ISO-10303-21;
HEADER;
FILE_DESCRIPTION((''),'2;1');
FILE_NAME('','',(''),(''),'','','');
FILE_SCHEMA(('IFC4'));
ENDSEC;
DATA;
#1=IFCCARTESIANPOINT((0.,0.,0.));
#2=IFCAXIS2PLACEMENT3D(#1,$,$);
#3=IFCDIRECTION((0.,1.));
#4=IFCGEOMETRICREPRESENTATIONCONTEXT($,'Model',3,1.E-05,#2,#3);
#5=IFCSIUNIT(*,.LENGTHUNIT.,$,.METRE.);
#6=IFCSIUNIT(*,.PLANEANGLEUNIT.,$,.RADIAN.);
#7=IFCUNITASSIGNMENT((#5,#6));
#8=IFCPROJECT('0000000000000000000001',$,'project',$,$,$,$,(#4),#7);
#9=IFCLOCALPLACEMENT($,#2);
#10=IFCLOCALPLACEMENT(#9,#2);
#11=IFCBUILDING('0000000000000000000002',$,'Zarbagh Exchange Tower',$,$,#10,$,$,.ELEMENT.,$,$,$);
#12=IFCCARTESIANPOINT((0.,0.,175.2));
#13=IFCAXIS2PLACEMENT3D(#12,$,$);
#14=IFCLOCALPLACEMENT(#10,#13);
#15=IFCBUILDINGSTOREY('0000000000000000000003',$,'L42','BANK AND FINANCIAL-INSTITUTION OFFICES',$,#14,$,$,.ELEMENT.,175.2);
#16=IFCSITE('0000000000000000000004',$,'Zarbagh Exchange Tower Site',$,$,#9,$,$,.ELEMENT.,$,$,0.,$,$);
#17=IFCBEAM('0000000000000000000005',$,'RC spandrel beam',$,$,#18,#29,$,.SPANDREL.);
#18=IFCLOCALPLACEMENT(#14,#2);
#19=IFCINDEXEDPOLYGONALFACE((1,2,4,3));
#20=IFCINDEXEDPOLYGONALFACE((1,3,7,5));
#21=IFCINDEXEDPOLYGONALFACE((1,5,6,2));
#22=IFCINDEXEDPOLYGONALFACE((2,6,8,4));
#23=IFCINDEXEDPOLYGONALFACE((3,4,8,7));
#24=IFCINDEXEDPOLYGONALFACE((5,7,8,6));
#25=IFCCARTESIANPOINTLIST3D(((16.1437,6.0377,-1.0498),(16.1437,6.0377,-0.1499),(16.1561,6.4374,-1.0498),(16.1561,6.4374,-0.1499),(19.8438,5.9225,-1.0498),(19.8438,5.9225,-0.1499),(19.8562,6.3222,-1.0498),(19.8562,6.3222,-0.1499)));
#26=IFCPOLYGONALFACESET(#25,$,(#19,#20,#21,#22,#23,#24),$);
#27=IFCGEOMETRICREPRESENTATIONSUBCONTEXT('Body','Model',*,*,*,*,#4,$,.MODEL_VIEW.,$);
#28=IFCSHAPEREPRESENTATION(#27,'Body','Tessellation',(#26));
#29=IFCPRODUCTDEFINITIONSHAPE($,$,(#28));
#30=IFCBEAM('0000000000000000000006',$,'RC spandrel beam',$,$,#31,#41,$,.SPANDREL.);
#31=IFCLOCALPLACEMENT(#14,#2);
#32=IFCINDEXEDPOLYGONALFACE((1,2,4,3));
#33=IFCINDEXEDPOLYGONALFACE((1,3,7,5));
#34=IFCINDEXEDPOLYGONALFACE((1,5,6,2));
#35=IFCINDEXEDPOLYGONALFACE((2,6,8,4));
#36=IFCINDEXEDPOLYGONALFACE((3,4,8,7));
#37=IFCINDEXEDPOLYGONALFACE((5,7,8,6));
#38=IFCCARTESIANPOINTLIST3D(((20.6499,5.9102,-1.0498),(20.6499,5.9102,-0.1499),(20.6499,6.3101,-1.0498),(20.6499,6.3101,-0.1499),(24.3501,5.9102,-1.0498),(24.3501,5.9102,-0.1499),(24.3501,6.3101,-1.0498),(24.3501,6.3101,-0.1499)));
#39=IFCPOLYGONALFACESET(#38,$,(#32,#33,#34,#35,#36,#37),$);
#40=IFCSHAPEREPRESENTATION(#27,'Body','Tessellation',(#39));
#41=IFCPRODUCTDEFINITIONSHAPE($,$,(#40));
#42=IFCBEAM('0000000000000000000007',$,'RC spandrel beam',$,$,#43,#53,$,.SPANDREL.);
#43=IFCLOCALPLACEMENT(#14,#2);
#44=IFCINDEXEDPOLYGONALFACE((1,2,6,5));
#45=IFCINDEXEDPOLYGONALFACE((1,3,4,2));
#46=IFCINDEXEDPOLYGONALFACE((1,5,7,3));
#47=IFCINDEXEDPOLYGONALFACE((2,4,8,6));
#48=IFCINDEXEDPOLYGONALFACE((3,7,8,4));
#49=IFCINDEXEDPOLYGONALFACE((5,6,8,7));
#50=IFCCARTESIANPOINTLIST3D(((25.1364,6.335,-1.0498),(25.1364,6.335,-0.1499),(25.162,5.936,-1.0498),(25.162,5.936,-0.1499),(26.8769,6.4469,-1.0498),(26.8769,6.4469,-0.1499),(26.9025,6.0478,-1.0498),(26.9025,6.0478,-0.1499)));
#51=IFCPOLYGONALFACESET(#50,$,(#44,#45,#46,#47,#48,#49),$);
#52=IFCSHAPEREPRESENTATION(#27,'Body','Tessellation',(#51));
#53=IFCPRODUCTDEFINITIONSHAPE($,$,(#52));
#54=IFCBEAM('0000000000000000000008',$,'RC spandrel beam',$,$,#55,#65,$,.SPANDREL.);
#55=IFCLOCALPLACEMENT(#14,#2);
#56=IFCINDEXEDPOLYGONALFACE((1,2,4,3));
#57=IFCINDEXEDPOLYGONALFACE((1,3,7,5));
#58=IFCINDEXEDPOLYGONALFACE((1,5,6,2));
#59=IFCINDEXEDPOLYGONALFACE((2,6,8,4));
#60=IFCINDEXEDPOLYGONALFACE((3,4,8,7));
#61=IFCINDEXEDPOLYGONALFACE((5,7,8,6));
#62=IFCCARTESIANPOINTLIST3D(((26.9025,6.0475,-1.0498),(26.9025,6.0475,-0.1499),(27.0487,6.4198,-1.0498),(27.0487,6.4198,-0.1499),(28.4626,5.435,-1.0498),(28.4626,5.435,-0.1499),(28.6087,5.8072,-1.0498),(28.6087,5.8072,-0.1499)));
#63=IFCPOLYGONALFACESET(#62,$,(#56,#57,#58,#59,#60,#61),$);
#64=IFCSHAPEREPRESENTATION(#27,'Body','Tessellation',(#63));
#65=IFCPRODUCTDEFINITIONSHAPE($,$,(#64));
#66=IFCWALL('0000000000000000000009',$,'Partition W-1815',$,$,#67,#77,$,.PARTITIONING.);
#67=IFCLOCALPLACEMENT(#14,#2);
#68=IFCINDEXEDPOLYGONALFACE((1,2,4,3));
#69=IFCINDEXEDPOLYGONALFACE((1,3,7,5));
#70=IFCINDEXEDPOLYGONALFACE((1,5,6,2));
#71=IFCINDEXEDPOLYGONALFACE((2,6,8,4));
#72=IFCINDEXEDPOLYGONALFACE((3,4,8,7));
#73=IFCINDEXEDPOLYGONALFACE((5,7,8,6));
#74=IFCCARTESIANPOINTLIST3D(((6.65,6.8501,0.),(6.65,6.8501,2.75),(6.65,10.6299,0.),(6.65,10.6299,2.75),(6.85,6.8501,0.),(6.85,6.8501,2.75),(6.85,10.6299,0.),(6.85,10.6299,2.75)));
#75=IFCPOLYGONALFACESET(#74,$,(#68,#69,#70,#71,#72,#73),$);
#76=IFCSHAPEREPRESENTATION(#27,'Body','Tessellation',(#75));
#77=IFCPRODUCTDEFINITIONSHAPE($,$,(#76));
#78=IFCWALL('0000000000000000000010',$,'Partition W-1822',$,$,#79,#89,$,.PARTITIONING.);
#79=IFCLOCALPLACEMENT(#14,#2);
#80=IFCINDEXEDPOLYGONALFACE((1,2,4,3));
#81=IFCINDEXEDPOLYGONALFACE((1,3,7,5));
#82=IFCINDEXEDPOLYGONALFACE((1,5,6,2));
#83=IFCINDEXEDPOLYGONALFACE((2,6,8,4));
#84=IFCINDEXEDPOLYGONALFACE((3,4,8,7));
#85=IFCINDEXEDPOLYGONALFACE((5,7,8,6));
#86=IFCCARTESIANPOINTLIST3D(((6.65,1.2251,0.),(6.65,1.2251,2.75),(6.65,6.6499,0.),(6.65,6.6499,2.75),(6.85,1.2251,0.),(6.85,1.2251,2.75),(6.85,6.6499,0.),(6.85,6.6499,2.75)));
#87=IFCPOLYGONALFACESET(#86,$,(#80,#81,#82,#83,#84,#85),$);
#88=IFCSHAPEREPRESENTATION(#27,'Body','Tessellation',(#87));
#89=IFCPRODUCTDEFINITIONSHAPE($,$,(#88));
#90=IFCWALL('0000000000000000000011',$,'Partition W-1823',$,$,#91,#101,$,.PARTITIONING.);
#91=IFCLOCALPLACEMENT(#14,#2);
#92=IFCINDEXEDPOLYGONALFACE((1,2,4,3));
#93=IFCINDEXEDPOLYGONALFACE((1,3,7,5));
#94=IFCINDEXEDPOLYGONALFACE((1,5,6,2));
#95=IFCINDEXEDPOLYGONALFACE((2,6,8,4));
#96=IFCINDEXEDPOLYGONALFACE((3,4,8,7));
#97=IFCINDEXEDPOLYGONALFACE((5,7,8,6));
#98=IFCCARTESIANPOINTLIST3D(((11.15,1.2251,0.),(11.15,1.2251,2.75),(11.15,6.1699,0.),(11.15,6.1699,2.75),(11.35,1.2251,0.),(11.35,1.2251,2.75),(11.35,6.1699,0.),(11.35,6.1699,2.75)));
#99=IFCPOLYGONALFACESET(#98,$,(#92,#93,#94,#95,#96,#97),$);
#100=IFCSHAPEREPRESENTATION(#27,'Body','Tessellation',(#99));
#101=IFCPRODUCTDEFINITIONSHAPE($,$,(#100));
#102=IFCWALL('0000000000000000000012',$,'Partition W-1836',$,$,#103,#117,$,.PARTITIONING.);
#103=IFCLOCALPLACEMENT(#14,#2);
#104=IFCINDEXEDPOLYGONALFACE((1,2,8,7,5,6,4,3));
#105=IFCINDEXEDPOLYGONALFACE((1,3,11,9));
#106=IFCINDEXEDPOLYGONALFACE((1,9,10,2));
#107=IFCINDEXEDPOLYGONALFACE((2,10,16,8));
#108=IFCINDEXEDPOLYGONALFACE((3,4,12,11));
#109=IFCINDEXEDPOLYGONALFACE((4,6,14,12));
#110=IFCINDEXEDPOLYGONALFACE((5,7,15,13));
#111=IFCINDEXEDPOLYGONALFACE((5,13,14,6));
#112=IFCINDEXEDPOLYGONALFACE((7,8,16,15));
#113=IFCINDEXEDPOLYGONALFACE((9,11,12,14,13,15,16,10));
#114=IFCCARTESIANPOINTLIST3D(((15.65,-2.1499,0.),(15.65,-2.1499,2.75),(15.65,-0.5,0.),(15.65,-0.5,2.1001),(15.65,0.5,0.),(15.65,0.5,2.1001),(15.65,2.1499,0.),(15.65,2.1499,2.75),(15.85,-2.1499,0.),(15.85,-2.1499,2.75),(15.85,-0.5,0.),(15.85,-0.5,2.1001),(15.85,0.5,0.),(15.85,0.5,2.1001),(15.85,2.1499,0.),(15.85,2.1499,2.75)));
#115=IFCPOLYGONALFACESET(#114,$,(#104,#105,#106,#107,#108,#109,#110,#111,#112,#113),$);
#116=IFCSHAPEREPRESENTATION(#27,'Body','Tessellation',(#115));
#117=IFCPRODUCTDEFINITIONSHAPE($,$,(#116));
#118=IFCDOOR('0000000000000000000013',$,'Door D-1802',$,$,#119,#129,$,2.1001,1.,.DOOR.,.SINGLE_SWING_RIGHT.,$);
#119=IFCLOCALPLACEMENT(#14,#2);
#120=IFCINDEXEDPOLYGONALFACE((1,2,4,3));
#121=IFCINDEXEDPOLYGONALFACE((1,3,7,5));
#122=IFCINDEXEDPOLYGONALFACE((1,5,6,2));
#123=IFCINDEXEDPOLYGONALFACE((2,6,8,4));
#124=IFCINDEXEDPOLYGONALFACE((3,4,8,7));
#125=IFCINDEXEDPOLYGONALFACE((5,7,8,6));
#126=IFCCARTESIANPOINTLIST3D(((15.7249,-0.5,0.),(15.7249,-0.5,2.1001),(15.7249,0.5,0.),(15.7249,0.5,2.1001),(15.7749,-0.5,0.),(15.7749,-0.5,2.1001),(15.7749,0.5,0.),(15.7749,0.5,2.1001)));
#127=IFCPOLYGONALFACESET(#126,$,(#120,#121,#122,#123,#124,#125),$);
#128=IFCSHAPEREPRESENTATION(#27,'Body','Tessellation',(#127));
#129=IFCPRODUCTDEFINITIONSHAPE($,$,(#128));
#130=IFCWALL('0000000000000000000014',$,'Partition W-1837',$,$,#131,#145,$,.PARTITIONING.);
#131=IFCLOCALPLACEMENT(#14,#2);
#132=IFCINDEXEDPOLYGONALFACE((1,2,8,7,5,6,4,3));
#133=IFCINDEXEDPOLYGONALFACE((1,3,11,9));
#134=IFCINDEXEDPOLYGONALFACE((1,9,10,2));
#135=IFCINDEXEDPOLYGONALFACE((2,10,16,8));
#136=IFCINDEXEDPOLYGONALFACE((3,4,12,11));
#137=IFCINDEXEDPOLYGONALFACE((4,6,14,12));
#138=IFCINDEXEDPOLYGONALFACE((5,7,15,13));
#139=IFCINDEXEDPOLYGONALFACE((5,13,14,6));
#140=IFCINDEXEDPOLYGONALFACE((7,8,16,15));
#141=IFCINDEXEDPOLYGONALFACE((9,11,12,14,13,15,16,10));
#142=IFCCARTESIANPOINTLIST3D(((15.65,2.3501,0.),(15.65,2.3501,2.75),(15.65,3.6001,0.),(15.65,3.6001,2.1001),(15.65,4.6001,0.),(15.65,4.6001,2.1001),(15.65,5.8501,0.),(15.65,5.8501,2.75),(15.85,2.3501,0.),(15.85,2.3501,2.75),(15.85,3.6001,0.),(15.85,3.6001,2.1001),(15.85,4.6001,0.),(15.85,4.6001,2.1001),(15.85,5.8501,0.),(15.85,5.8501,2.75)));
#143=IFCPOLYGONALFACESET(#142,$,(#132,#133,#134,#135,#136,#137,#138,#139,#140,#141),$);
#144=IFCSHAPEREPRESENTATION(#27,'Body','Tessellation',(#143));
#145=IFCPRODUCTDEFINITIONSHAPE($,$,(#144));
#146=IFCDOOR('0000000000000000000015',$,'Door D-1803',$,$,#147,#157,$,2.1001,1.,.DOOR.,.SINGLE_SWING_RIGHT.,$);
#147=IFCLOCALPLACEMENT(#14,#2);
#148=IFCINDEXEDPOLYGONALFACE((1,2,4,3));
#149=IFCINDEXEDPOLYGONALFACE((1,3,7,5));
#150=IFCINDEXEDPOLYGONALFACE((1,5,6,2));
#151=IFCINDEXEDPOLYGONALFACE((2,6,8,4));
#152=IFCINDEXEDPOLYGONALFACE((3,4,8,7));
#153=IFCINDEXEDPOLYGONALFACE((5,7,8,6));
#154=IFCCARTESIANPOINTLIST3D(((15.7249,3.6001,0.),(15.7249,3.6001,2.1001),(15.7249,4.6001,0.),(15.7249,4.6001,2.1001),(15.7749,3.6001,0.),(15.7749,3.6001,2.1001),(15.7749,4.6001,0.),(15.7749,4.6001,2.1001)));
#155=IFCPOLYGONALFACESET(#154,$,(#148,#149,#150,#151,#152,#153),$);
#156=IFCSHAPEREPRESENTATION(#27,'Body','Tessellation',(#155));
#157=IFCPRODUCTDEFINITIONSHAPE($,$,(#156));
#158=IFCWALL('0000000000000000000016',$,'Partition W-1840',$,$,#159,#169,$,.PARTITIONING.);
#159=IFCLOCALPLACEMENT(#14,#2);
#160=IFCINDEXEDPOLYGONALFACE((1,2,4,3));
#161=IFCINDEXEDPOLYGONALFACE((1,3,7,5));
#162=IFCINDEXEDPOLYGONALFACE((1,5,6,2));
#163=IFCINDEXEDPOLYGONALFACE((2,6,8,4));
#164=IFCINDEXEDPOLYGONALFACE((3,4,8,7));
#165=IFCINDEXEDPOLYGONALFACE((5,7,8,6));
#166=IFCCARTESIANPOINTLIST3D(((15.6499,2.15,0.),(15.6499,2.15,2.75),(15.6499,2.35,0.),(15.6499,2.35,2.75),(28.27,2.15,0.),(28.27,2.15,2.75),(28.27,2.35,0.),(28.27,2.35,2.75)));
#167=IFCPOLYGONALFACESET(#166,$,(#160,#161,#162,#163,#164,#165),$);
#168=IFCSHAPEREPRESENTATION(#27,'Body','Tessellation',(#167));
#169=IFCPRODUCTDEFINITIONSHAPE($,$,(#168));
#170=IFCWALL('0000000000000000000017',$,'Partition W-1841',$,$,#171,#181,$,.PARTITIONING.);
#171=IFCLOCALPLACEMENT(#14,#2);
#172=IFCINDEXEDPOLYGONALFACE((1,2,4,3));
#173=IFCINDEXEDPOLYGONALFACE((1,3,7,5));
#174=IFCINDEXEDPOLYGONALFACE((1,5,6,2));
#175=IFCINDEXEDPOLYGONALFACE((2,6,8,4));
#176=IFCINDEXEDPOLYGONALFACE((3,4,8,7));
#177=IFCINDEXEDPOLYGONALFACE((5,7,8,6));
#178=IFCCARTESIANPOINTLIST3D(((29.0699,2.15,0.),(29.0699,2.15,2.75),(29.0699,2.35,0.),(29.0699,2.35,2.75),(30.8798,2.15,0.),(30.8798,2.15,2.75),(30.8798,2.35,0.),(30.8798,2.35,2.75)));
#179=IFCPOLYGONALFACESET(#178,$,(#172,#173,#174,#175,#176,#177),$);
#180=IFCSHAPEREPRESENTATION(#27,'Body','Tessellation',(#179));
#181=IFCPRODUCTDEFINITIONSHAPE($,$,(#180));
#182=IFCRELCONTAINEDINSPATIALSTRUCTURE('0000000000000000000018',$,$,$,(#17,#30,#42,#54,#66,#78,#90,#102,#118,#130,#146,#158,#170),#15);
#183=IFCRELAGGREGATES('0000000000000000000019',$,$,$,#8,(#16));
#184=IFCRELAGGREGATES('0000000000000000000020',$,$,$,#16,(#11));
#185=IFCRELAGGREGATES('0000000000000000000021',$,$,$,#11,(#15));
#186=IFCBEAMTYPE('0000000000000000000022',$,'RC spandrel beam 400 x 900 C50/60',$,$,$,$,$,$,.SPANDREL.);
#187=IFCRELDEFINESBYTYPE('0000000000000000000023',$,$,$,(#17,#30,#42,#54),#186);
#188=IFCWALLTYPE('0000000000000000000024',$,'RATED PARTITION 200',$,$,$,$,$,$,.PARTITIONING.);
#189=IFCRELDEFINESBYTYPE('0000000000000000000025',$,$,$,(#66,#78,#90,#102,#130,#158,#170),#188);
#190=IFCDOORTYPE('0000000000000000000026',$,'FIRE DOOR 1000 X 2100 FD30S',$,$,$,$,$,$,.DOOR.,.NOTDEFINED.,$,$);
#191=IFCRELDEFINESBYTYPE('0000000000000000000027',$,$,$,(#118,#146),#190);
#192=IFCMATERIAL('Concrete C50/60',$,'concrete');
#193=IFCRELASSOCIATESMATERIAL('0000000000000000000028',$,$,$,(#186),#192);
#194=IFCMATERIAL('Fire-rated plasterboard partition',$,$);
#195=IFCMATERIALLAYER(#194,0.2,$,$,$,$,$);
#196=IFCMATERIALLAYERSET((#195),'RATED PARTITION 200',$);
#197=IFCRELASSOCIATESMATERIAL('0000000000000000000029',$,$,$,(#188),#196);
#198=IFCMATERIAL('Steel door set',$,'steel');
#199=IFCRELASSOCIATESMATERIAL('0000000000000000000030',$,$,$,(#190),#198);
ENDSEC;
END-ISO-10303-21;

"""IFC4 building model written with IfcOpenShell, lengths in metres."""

from ifc_helpers import new_model, si_unit, direction, frame, frame_2d, origin, origin_2d, place, context, subcontext, project, spatial, rectangle, extrude, material, layer, layer_set, material_profile, profile_set, type_object, element, fill, save


model = new_model("IFC4")

# Units and contexts
model_context = context("Model", 3, precision=1e-05, world=origin(), true_north=direction((0.0, 1.0)))
body_context = subcontext(model_context, "Body", "Model", "MODEL_VIEW")
ifc_project = project(units=[si_unit("LENGTHUNIT", "METRE"), si_unit("PLANEANGLEUNIT", "RADIAN")], contexts=[model_context])

# Site, building, storey
site_placement = place(None, origin())
site = spatial("IfcSite", under=ifc_project, at=site_placement, Name="Zarbagh Exchange Tower Site", CompositionType="ELEMENT", RefElevation=0.0)
building_placement = place(site_placement, origin())
building = spatial("IfcBuilding", under=site, at=building_placement, Name="Zarbagh Exchange Tower", CompositionType="ELEMENT")
storey_placement = place(building_placement, frame((0.0, 0.0, 175.2)))
storey = spatial("IfcBuildingStorey", under=building, at=storey_placement, Name="L42", Description="BANK AND FINANCIAL-INSTITUTION OFFICES", CompositionType="ELEMENT", Elevation=175.2)

# Shared definitions
ifc_material_1 = material(Name="Concrete C50/60", Category="concrete")

# Beams
ifc_material_profile_1 = material_profile(ifc_material_1, rectangle(XDim=0.3999, YDim=0.8999, at=origin_2d()), Name="RC spandrel beam 400 x 900 C50/60")
ifc_profile_set_1 = profile_set([ifc_material_profile_1], Name="Concrete C50/60")
beam_type_1 = type_object("IfcBeamType", Name="RC spandrel beam 400 x 900 C50/60", PredefinedType="SPANDREL", material=ifc_profile_set_1)
beam_1_placement = place(storey_placement, frame((16.1499, 6.2375, -0.5999), z_axis=(0.999515, -0.031128, 0.0), x_axis=(0.031128, 0.999515, 0.0)))
element("IfcBeam", 1, at=beam_1_placement, inside=storey, type_object=beam_type_1, Name="RC spandrel beam", PredefinedType="SPANDREL", context=body_context, shape_type="SweptSolid", body=[
    extrude(rectangle(XDim=0.3999, YDim=0.8999, at=origin_2d()), origin(), (0.0, 0.0, 1.0), 3.7019),
])
beam_2_placement = place(storey_placement, frame((20.6499, 6.1101, -0.5999), z_axis=(1.0, 0.0, 0.0), x_axis=(0.0, 1.0, 0.0)))
element("IfcBeam", 2, at=beam_2_placement, inside=storey, type_object=beam_type_1, Name="RC spandrel beam", PredefinedType="SPANDREL", context=body_context, shape_type="SweptSolid", body=[
    extrude(rectangle(XDim=0.3999, YDim=0.8999, at=origin_2d()), origin(), (0.0, 0.0, 1.0), 3.7002),
])
beam_3_placement = place(storey_placement, frame((25.1492, 6.1355, -0.5999), z_axis=(0.997943, 0.064112, 0.0), x_axis=(-0.064112, 0.997943, 0.0)))
element("IfcBeam", 3, at=beam_3_placement, inside=storey, type_object=beam_type_1, Name="RC spandrel beam", PredefinedType="SPANDREL", context=body_context, shape_type="SweptSolid", body=[
    extrude(rectangle(XDim=0.3999, YDim=0.8999, at=origin_2d()), origin(), (0.0, 0.0, 1.0), 1.7441),
])
beam_4_placement = place(storey_placement, frame((26.9756, 6.2336, -0.5999), z_axis=(0.930819, -0.365481, 0.0), x_axis=(0.365481, 0.930819, 0.0)))
element("IfcBeam", 4, at=beam_4_placement, inside=storey, type_object=beam_type_1, Name="RC spandrel beam", PredefinedType="SPANDREL", context=body_context, shape_type="SweptSolid", body=[
    extrude(rectangle(XDim=0.3999, YDim=0.8999, at=origin_2d()), origin(), (0.0, 0.0, 1.0), 1.676),
])

# Walls
ifc_material_2 = material(Name="Fire-rated plasterboard partition")
ifc_layer = layer(ifc_material_2, 0.2)
ifc_layer_set = layer_set([ifc_layer], Name="RATED PARTITION 200")
wall_type = type_object("IfcWallType", Name="RATED PARTITION 200", PredefinedType="PARTITIONING", material=ifc_layer_set)
wall_1_placement = place(storey_placement, frame((6.75, 6.8501, 0.0), z_axis=(0.0, 0.0, 1.0), x_axis=(0.0, 1.0, 0.0)))
element("IfcWall", 5, at=wall_1_placement, inside=storey, type_object=wall_type, Name="Partition W-1815", PredefinedType="PARTITIONING", context=body_context, shape_type="SweptSolid", body=[
    extrude(rectangle(XDim=3.7798, YDim=0.2, at=frame_2d((1.8899, 0.0))), origin(), (0.0, 0.0, 1.0), 2.75),
])
wall_2_placement = place(storey_placement, frame((6.75, 1.2251, 0.0), z_axis=(0.0, 0.0, 1.0), x_axis=(0.0, 1.0, 0.0)))
element("IfcWall", 6, at=wall_2_placement, inside=storey, type_object=wall_type, Name="Partition W-1822", PredefinedType="PARTITIONING", context=body_context, shape_type="SweptSolid", body=[
    extrude(rectangle(XDim=5.4248, YDim=0.2, at=frame_2d((2.7124, 0.0))), origin(), (0.0, 0.0, 1.0), 2.75),
])
wall_3_placement = place(storey_placement, frame((11.25, 1.2251, 0.0), z_axis=(0.0, 0.0, 1.0), x_axis=(0.0, 1.0, 0.0)))
element("IfcWall", 7, at=wall_3_placement, inside=storey, type_object=wall_type, Name="Partition W-1823", PredefinedType="PARTITIONING", context=body_context, shape_type="SweptSolid", body=[
    extrude(rectangle(XDim=4.9448, YDim=0.2, at=frame_2d((2.4724, 0.0))), origin(), (0.0, 0.0, 1.0), 2.75),
])

# Walls, openings, doors
wall_4_placement = place(storey_placement, frame((15.75, 2.1499, 0.0), z_axis=(0.0, 0.0, 1.0), x_axis=(0.0, -1.0, 0.0)))
wall_4 = element("IfcWall", 8, at=wall_4_placement, inside=storey, type_object=wall_type, Name="Partition W-1836", PredefinedType="PARTITIONING", context=body_context, shape_type="SweptSolid", body=[
    extrude(rectangle(XDim=4.2998, YDim=0.2, at=frame_2d((2.1499, 0.0))), origin(), (0.0, 0.0, 1.0), 2.75),
])
opening_1_placement = place(wall_4_placement, frame((1.6499, 0.0, 0.0)))
opening_1 = element("IfcOpeningElement", 9, at=opening_1_placement, cuts=wall_4, PredefinedType="OPENING", context=body_context, shape_type="SweptSolid", body=[
    extrude(rectangle(XDim=1.0, YDim=2.1001, at=frame_2d((0.5, 1.05))), frame((0.0, 0.1099, 0.0), z_axis=(0.0, -1.0, 0.0), x_axis=(1.0, 0.0, 0.0)), (0.0, 0.0, 1.0), 0.22),
])
ifc_material_3 = material(Name="Steel door set", Category="steel")
door_type = type_object("IfcDoorType", Name="FIRE DOOR 1000 X 2100 FD30S", OperationType="NOTDEFINED", PredefinedType="DOOR", material=ifc_material_3)
door_1_placement = place(opening_1_placement, origin())
door_1 = element("IfcDoor", 10, at=door_1_placement, inside=storey, type_object=door_type, Name="Door D-1802", OperationType="SINGLE_SWING_RIGHT", OverallHeight=2.1001, OverallWidth=1.0, PredefinedType="DOOR", context=body_context, shape_type="SweptSolid", body=[
    extrude(rectangle(XDim=1.0, YDim=2.1001, at=frame_2d((0.5, 1.05))), frame((0.0, 0.0249, 0.0), z_axis=(0.0, -1.0, 0.0), x_axis=(1.0, 0.0, 0.0)), (0.0, 0.0, 1.0), 0.05),
])
fill(opening_1, door_1)
wall_5_placement = place(storey_placement, frame((15.75, 5.8501, 0.0), z_axis=(0.0, 0.0, 1.0), x_axis=(0.0, -1.0, 0.0)))
wall_5 = element("IfcWall", 11, at=wall_5_placement, inside=storey, type_object=wall_type, Name="Partition W-1837", PredefinedType="PARTITIONING", context=body_context, shape_type="SweptSolid", body=[
    extrude(rectangle(XDim=3.5, YDim=0.2, at=frame_2d((1.75, 0.0))), origin(), (0.0, 0.0, 1.0), 2.75),
])
opening_2_placement = place(wall_5_placement, frame((1.25, 0.0, 0.0)))
opening_2 = element("IfcOpeningElement", 12, at=opening_2_placement, cuts=wall_5, PredefinedType="OPENING", context=body_context, shape_type="SweptSolid", body=[
    extrude(rectangle(XDim=1.0, YDim=2.1001, at=frame_2d((0.5, 1.05))), frame((0.0, 0.1099, 0.0), z_axis=(0.0, -1.0, 0.0), x_axis=(1.0, 0.0, 0.0)), (0.0, 0.0, 1.0), 0.22),
])
door_2_placement = place(opening_2_placement, origin())
door_2 = element("IfcDoor", 13, at=door_2_placement, inside=storey, type_object=door_type, Name="Door D-1803", OperationType="SINGLE_SWING_RIGHT", OverallHeight=2.1001, OverallWidth=1.0, PredefinedType="DOOR", context=body_context, shape_type="SweptSolid", body=[
    extrude(rectangle(XDim=1.0, YDim=2.1001, at=frame_2d((0.5, 1.05))), frame((0.0, 0.0249, 0.0), z_axis=(0.0, -1.0, 0.0), x_axis=(1.0, 0.0, 0.0)), (0.0, 0.0, 1.0), 0.05),
])
fill(opening_2, door_2)

# Walls
wall_6_placement = place(storey_placement, frame((15.6499, 2.25, 0.0), z_axis=(0.0, 0.0, 1.0), x_axis=(1.0, 0.0, 0.0)))
element("IfcWall", 14, at=wall_6_placement, inside=storey, type_object=wall_type, Name="Partition W-1840", PredefinedType="PARTITIONING", context=body_context, shape_type="SweptSolid", body=[
    extrude(rectangle(XDim=12.6201, YDim=0.2, at=frame_2d((6.3101, 0.0))), origin(), (0.0, 0.0, 1.0), 2.75),
])
wall_7_placement = place(storey_placement, frame((29.0701, 2.25, 0.0), z_axis=(0.0, 0.0, 1.0), x_axis=(1.0, 0.0, 0.0)))
element("IfcWall", 15, at=wall_7_placement, inside=storey, type_object=wall_type, Name="Partition W-1841", PredefinedType="PARTITIONING", context=body_context, shape_type="SweptSolid", body=[
    extrude(rectangle(XDim=1.8098, YDim=0.2, at=frame_2d((0.9048, 0.0))), origin(), (0.0, 0.0, 1.0), 2.75),
])

save(model, "model.ifc")
